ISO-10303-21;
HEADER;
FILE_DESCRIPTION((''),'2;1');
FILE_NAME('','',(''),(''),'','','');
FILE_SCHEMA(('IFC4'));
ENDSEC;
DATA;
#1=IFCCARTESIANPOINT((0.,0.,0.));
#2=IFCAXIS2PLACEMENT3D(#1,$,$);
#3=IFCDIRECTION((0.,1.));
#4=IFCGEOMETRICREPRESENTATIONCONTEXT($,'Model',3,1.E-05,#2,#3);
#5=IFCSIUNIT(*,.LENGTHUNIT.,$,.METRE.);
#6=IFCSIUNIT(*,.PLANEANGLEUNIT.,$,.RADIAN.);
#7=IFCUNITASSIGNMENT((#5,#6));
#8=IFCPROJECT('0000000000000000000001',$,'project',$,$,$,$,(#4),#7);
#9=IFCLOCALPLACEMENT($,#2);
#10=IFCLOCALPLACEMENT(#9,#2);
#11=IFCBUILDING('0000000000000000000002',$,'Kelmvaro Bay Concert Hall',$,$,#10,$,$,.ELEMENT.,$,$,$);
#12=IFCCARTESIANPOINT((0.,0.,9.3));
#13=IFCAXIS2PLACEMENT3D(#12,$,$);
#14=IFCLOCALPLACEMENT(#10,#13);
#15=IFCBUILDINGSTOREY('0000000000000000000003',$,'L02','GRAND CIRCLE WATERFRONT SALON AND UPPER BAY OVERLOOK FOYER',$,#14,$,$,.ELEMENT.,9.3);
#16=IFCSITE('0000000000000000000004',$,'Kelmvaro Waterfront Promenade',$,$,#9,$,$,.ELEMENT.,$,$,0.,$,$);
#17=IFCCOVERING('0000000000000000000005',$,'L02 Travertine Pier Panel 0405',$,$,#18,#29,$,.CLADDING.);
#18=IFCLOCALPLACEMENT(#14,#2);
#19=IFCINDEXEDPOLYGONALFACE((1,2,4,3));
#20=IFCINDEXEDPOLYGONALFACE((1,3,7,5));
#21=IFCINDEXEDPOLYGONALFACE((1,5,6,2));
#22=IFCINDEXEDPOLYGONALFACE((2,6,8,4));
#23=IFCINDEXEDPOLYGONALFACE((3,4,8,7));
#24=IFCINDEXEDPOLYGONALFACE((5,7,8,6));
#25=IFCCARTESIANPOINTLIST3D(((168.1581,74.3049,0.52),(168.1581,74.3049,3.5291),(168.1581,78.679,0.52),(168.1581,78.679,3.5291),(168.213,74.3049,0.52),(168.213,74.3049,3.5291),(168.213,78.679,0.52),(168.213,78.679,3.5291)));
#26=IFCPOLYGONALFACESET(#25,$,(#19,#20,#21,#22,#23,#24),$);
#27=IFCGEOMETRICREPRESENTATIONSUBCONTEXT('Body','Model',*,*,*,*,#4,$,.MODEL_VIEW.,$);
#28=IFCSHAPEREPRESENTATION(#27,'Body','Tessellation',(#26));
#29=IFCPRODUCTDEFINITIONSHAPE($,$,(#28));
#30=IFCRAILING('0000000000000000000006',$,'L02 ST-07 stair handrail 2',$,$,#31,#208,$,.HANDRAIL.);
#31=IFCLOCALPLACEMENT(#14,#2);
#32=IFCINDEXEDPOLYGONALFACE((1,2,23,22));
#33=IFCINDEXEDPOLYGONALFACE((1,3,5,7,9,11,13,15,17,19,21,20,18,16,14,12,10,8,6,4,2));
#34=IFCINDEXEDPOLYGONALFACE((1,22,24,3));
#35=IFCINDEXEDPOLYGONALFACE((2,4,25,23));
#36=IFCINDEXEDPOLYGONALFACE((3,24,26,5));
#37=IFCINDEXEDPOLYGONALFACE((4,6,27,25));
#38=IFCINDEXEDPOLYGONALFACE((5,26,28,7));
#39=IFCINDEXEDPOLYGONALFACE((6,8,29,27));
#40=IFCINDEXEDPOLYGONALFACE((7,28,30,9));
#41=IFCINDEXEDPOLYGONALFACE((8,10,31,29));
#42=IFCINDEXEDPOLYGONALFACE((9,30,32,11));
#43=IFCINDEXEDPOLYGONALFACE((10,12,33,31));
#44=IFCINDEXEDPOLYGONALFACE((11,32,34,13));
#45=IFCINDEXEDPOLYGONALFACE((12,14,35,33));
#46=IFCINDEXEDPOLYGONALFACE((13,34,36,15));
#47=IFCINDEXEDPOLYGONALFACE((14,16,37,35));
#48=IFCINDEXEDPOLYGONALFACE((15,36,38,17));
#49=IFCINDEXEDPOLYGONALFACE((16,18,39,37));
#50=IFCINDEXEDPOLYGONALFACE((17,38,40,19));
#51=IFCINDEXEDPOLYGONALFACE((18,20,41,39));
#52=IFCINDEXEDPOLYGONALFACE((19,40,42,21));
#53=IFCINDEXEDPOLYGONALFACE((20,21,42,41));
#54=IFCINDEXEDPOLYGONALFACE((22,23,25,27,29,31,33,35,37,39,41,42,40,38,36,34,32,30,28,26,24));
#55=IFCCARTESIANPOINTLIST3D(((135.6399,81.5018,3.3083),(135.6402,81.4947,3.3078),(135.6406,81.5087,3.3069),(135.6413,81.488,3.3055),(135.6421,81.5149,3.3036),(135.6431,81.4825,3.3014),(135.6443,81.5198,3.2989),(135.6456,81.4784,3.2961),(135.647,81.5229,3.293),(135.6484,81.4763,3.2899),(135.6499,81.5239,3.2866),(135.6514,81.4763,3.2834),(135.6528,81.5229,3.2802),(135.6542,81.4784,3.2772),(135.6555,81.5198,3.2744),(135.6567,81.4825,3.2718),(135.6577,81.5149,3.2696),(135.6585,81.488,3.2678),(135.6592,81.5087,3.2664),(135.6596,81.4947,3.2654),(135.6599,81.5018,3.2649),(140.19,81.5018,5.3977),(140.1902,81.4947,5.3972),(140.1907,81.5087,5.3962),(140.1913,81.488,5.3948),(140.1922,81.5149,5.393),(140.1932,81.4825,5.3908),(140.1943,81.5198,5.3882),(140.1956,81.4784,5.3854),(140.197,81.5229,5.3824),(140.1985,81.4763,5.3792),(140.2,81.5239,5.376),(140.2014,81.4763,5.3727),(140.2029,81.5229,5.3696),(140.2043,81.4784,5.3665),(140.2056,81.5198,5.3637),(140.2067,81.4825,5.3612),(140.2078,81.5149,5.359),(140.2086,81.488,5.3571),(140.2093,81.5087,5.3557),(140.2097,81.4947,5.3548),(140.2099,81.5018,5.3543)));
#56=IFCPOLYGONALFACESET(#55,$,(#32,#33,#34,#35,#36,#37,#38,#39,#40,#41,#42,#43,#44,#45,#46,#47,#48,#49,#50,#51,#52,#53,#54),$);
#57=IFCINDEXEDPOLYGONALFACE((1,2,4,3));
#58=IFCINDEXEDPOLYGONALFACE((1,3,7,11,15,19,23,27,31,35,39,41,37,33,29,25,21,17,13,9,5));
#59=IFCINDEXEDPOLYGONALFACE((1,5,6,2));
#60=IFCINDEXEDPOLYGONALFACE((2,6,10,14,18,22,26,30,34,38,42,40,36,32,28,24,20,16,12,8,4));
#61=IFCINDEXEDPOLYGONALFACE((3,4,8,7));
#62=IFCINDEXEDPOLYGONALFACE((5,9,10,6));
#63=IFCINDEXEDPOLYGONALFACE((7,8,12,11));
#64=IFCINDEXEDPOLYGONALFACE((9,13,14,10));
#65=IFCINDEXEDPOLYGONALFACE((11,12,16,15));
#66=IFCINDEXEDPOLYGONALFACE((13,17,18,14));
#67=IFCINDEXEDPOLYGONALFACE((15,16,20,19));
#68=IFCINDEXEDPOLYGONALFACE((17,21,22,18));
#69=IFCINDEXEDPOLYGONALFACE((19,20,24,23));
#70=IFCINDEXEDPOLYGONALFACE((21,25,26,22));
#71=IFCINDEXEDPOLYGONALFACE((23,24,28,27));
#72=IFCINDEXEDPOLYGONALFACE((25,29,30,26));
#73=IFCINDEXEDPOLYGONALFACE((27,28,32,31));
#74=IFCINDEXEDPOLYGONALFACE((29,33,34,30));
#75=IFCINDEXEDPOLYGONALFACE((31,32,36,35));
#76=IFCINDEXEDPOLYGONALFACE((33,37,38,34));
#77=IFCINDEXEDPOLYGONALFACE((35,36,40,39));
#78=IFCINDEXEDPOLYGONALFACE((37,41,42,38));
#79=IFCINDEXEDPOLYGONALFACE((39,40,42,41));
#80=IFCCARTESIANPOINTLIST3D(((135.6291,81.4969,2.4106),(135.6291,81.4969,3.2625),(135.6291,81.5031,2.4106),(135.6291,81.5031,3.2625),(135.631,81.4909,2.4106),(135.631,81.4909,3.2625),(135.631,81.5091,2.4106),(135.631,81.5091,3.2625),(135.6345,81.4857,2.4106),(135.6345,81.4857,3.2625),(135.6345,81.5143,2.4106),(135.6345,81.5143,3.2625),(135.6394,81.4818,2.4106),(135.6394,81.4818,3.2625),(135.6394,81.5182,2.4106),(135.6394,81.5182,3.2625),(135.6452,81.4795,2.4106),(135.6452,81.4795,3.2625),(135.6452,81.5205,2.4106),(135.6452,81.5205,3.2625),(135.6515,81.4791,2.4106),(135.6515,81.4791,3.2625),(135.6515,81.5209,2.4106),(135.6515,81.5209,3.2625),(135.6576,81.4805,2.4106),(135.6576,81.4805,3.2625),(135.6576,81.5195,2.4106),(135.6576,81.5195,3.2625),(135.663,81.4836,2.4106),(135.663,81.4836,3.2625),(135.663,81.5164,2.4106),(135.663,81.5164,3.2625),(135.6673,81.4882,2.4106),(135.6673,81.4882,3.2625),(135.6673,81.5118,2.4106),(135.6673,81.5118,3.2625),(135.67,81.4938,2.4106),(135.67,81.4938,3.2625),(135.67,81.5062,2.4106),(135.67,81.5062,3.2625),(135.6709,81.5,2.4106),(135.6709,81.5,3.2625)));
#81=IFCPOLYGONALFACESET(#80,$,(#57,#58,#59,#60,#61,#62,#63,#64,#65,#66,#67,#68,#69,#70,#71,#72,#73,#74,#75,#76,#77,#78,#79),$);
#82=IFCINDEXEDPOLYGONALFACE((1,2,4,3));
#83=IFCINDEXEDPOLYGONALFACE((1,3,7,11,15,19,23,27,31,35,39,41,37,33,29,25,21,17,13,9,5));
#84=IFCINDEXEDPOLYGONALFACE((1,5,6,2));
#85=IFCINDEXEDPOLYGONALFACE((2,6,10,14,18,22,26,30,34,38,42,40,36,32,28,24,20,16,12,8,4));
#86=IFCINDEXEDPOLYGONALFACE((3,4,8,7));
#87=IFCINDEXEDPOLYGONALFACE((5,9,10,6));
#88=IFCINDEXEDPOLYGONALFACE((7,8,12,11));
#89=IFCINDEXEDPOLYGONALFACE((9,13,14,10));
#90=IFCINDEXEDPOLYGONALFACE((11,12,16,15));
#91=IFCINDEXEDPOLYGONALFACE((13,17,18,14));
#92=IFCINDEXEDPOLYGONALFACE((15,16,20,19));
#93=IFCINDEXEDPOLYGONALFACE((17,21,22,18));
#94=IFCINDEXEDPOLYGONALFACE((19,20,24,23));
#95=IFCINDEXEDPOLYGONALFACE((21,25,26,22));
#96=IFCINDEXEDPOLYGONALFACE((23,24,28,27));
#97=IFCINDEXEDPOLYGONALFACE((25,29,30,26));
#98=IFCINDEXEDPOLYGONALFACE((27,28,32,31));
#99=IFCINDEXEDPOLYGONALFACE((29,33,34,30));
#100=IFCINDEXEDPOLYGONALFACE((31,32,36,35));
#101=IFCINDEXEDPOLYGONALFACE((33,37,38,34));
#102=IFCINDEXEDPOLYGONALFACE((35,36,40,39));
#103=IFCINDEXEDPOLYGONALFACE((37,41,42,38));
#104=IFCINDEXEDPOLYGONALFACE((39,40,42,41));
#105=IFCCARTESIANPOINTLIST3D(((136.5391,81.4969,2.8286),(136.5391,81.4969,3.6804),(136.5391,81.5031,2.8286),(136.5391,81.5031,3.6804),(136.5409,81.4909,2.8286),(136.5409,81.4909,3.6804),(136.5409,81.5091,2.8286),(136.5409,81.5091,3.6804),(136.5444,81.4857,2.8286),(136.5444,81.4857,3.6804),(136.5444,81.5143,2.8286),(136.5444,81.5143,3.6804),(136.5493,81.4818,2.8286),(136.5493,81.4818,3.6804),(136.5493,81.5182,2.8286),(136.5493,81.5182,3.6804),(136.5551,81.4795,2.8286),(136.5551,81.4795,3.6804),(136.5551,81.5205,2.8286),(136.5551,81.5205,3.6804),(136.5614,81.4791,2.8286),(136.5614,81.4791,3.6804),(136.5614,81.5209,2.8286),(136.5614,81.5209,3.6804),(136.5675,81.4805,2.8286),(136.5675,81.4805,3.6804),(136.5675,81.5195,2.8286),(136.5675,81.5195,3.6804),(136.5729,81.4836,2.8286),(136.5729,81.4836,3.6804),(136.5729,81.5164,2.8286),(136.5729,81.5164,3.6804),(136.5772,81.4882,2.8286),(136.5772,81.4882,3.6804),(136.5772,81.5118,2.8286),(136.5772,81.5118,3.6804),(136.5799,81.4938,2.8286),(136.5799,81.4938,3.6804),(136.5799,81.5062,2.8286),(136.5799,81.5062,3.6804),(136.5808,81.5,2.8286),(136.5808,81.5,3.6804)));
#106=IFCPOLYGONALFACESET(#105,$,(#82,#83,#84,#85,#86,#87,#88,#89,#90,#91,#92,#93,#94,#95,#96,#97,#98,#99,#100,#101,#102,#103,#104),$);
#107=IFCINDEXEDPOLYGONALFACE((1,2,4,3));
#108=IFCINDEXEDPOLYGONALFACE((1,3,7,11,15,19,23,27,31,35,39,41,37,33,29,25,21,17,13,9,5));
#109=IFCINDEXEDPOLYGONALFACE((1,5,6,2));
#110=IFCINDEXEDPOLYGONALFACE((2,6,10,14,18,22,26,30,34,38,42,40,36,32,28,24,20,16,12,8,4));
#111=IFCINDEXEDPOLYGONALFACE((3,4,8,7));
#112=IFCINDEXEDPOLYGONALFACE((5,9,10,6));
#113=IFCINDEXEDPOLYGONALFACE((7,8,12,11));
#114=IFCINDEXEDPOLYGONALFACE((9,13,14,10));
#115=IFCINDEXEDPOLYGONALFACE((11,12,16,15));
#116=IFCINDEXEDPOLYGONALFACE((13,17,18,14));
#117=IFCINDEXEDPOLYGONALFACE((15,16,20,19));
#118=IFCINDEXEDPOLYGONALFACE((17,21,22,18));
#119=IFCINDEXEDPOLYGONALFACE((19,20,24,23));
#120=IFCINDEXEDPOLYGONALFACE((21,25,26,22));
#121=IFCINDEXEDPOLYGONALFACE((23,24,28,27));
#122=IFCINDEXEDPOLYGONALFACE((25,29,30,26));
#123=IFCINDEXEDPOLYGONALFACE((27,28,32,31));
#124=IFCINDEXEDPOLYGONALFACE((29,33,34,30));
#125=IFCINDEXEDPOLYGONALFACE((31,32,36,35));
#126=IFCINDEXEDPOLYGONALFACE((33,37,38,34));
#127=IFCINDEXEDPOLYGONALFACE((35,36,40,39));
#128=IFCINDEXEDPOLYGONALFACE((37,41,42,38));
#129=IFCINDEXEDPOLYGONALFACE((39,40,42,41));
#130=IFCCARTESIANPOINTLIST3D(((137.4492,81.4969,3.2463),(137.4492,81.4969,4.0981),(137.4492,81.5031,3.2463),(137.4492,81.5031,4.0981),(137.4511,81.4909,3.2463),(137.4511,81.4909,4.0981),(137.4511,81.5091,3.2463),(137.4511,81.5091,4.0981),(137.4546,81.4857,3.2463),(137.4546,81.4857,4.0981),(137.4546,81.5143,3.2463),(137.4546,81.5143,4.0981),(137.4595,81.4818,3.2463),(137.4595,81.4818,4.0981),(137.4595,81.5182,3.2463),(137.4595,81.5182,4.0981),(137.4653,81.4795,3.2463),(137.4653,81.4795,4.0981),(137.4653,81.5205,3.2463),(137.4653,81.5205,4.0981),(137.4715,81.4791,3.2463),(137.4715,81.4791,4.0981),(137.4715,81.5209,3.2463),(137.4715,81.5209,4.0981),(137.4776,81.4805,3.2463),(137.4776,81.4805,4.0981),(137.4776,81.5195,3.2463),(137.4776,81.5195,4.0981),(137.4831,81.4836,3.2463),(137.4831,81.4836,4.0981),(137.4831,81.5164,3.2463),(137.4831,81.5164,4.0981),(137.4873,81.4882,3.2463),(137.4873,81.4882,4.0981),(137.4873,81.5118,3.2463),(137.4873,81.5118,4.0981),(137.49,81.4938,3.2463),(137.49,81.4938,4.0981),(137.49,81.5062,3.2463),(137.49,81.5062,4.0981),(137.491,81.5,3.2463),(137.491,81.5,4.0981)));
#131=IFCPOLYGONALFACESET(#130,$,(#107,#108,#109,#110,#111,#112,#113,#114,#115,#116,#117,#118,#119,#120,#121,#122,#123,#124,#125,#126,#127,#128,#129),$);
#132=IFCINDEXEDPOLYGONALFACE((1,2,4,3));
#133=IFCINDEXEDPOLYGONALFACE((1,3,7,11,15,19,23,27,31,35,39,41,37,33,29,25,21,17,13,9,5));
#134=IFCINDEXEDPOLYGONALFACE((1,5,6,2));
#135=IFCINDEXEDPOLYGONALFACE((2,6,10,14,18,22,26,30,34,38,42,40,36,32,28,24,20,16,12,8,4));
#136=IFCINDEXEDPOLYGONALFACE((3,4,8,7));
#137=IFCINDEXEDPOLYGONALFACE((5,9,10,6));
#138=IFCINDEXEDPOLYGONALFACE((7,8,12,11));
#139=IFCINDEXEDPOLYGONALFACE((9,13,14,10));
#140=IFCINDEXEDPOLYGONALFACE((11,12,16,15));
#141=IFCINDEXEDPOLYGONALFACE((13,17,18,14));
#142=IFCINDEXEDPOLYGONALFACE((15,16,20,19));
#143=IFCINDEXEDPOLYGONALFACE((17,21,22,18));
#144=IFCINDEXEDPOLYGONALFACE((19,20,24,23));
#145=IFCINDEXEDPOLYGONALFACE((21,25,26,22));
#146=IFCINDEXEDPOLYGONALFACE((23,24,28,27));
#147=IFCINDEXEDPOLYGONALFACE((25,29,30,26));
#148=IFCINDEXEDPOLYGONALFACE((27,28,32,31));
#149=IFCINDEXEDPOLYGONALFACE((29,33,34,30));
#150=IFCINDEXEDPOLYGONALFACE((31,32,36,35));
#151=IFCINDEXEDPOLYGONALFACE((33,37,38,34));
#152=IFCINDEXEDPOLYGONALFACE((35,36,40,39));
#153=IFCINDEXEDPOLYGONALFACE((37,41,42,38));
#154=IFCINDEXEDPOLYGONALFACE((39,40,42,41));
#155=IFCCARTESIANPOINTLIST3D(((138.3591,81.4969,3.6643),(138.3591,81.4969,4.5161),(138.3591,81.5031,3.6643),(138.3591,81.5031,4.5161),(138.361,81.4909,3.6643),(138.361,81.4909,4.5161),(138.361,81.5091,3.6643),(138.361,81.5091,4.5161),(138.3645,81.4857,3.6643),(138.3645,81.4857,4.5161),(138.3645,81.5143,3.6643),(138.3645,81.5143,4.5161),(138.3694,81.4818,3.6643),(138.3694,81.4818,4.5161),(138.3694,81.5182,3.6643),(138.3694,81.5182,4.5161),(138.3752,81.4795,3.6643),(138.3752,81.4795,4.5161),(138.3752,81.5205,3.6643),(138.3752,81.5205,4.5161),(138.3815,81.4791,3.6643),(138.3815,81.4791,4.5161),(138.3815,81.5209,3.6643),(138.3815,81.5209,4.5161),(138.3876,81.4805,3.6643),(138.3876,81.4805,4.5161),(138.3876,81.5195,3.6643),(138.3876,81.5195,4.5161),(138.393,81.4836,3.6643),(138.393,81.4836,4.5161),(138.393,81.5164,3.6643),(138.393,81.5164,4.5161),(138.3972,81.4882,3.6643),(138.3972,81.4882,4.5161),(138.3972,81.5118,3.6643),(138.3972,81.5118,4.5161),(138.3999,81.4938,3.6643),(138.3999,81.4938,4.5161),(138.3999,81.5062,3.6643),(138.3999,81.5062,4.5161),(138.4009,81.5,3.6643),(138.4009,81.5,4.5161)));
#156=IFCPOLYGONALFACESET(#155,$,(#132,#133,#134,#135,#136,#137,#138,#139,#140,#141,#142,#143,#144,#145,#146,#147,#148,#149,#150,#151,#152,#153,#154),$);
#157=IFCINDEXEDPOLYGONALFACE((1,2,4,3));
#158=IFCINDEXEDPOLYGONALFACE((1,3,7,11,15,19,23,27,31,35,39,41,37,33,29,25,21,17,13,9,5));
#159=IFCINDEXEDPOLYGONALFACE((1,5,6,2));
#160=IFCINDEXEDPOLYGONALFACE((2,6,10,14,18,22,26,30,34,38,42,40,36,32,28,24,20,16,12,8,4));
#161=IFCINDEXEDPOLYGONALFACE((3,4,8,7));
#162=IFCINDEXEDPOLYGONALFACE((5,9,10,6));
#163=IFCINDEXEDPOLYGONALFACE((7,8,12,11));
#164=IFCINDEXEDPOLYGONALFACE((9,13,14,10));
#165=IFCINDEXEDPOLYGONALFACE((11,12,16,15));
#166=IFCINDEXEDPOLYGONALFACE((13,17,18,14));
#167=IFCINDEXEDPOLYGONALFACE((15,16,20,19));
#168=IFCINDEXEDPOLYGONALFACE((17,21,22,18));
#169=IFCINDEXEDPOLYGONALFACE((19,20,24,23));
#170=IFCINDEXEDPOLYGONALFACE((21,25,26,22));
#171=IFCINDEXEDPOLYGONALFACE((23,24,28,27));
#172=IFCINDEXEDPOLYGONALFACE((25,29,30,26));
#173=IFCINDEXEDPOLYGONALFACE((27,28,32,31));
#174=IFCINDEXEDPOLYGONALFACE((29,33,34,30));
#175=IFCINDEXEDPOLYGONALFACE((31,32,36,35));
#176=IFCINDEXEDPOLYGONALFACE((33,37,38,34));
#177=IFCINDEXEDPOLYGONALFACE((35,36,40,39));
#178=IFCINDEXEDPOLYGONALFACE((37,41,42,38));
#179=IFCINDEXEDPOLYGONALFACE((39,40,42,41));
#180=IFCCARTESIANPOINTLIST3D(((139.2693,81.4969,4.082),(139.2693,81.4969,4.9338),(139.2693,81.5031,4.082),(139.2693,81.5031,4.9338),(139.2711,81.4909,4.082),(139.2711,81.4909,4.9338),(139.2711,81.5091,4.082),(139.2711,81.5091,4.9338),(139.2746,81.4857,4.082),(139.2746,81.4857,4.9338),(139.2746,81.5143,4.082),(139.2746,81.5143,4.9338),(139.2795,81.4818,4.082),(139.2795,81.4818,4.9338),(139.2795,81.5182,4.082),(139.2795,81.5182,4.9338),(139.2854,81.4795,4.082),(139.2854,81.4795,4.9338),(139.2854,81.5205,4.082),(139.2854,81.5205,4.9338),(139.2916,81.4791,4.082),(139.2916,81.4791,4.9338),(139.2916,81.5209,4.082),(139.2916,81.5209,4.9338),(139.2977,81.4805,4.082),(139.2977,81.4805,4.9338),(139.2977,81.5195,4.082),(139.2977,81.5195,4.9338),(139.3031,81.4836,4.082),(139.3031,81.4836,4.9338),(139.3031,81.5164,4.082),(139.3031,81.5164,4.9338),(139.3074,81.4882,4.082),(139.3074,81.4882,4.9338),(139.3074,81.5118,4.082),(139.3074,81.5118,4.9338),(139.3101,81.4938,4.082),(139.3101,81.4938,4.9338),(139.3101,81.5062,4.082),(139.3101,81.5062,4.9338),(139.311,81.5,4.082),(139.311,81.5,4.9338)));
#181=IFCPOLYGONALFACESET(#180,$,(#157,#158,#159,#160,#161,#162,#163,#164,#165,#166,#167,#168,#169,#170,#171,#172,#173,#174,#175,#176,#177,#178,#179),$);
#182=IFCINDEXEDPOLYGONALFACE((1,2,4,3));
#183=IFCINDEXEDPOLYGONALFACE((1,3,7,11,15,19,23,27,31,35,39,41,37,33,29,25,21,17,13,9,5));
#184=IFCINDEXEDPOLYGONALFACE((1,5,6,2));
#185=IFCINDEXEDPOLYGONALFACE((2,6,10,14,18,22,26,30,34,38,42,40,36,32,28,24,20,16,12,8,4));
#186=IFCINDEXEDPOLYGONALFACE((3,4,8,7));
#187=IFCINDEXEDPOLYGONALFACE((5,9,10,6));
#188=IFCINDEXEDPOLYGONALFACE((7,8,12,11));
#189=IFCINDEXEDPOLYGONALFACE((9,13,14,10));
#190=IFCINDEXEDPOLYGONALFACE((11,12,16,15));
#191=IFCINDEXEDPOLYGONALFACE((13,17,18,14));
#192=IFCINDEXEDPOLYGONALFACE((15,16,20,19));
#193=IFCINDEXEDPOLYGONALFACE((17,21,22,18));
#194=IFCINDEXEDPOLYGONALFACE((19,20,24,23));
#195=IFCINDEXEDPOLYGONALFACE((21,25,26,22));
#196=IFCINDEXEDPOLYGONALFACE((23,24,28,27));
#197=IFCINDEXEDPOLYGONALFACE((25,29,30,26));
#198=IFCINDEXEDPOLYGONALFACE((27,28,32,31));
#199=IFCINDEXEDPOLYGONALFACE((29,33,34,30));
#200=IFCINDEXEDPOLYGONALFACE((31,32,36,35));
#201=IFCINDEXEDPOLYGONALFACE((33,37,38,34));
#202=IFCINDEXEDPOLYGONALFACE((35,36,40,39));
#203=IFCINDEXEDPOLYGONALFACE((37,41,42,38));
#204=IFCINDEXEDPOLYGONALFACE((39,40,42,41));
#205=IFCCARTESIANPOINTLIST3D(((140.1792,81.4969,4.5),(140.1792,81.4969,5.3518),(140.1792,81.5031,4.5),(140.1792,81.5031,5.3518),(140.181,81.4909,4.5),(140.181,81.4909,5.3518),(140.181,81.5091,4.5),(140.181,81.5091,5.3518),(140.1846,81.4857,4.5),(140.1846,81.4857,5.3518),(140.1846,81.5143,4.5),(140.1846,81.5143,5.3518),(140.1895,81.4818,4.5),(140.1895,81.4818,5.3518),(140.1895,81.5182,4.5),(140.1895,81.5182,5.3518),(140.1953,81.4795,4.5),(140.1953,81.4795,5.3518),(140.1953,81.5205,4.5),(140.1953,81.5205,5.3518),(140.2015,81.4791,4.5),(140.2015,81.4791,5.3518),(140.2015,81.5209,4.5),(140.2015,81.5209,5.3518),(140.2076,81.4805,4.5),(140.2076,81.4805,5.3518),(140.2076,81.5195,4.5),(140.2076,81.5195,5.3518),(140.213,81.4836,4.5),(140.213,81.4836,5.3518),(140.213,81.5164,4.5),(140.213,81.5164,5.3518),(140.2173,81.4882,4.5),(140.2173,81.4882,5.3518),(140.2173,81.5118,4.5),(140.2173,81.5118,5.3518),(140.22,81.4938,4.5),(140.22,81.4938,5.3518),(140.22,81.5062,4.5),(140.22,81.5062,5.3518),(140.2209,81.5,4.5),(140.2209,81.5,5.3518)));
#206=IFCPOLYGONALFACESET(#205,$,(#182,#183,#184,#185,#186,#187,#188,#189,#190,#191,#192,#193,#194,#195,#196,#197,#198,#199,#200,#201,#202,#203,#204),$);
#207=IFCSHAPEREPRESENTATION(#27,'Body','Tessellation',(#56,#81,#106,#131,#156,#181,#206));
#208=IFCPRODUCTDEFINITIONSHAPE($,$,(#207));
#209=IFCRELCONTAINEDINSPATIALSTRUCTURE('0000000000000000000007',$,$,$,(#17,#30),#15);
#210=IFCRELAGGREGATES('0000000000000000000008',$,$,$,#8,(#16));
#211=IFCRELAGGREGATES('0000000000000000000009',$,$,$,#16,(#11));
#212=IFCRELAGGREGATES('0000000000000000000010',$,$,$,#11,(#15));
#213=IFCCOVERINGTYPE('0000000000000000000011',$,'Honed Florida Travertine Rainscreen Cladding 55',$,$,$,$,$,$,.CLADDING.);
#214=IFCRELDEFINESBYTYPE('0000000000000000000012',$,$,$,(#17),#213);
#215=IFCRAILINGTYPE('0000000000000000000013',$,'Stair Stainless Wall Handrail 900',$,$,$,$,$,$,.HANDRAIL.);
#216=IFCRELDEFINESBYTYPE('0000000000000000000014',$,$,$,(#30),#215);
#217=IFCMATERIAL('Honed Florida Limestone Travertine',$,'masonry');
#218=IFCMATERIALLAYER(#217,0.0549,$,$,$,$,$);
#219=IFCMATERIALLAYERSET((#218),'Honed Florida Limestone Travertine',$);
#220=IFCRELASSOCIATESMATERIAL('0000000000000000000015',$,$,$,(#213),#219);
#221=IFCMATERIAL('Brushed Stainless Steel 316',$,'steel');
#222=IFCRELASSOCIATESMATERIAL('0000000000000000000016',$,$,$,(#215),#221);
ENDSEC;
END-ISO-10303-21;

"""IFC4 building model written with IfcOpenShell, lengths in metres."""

from ifc_helpers import new_model, si_unit, direction, frame, origin, origin_2d, place, context, subcontext, project, spatial, rectangle, circle, extrude, material, layer, layer_set, type_object, element, save


model = new_model("IFC4")

# Units and contexts
model_context = context("Model", 3, precision=1e-05, world=origin(), true_north=direction((0.0, 1.0)))
body_context = subcontext(model_context, "Body", "Model", "MODEL_VIEW")
ifc_project = project(units=[si_unit("LENGTHUNIT", "METRE"), si_unit("PLANEANGLEUNIT", "RADIAN")], contexts=[model_context])

# Site, building, storey
site_placement = place(None, origin())
site = spatial("IfcSite", under=ifc_project, at=site_placement, Name="Kelmvaro Waterfront Promenade", CompositionType="ELEMENT", RefElevation=0.0)
building_placement = place(site_placement, origin())
building = spatial("IfcBuilding", under=site, at=building_placement, Name="Kelmvaro Bay Concert Hall", CompositionType="ELEMENT")
storey_placement = place(building_placement, frame((0.0, 0.0, 9.3)))
storey = spatial("IfcBuildingStorey", under=building, at=storey_placement, Name="L02", Description="GRAND CIRCLE WATERFRONT SALON AND UPPER BAY OVERLOOK FOYER", CompositionType="ELEMENT", Elevation=9.3)

# Covering
ifc_material_1 = material(Name="Honed Florida Limestone Travertine", Category="masonry")
ifc_layer_1 = layer(ifc_material_1, 0.0549)
ifc_layer_set_1 = layer_set([ifc_layer_1], Name="Honed Florida Limestone Travertine")
covering_type_1 = type_object("IfcCoveringType", Name="Honed Florida Travertine Rainscreen Cladding 55", PredefinedType="CLADDING", material=ifc_layer_set_1)
covering_1_placement = place(storey_placement, frame((168.1855, 76.4919, 0.52), z_axis=(0.0, 0.0, 1.0), x_axis=(0.0, -1.0, 0.0)))
element("IfcCovering", 1, at=covering_1_placement, inside=storey, type_object=covering_type_1, Name="L02 Travertine Pier Panel 0405", PredefinedType="CLADDING", context=body_context, shape_type="SweptSolid", body=[
    extrude(rectangle(XDim=4.374, YDim=0.0549, at=origin_2d()), origin(), (0.0, 0.0, 1.0), 3.009),
])

# Railing
ifc_material_2 = material(Name="Brushed Stainless Steel 316", Category="steel")
railing_type_1 = type_object("IfcRailingType", Name="Stair Stainless Wall Handrail 900", PredefinedType="HANDRAIL", material=ifc_material_2)
railing_1_placement = place(storey_placement, frame((135.6499, 81.5, 2.4106)))
element("IfcRailing", 2, at=railing_1_placement, inside=storey, type_object=railing_type_1, Name="L02 ST-07 stair handrail 2", PredefinedType="HANDRAIL", context=body_context, shape_type="SweptSolid", body=[
    extrude(circle(Radius=0.0239, at=origin_2d()), frame((0.0, 0.0, 0.876), z_axis=(0.908768, 0.0, 0.417301), x_axis=(0.0, 1.0, 0.0)), (0.0, 0.0, 1.0), 5.0068),
    extrude(circle(Radius=0.021, at=origin_2d()), origin(), (0.0, 0.0, 1.0), 0.8518),
    extrude(circle(Radius=0.021, at=origin_2d()), frame((0.9099, 0.0, 0.418)), (0.0, 0.0, 1.0), 0.8518),
    extrude(circle(Radius=0.021, at=origin_2d()), frame((1.8201, 0.0, 0.8357)), (0.0, 0.0, 1.0), 0.8518),
    extrude(circle(Radius=0.021, at=origin_2d()), frame((2.73, 0.0, 1.2537)), (0.0, 0.0, 1.0), 0.8518),
    extrude(circle(Radius=0.021, at=origin_2d()), frame((3.6401, 0.0, 1.6714)), (0.0, 0.0, 1.0), 0.8518),
    extrude(circle(Radius=0.021, at=origin_2d()), frame((4.55, 0.0, 2.0894)), (0.0, 0.0, 1.0), 0.8518),
])

save(model, "model.ifc")
